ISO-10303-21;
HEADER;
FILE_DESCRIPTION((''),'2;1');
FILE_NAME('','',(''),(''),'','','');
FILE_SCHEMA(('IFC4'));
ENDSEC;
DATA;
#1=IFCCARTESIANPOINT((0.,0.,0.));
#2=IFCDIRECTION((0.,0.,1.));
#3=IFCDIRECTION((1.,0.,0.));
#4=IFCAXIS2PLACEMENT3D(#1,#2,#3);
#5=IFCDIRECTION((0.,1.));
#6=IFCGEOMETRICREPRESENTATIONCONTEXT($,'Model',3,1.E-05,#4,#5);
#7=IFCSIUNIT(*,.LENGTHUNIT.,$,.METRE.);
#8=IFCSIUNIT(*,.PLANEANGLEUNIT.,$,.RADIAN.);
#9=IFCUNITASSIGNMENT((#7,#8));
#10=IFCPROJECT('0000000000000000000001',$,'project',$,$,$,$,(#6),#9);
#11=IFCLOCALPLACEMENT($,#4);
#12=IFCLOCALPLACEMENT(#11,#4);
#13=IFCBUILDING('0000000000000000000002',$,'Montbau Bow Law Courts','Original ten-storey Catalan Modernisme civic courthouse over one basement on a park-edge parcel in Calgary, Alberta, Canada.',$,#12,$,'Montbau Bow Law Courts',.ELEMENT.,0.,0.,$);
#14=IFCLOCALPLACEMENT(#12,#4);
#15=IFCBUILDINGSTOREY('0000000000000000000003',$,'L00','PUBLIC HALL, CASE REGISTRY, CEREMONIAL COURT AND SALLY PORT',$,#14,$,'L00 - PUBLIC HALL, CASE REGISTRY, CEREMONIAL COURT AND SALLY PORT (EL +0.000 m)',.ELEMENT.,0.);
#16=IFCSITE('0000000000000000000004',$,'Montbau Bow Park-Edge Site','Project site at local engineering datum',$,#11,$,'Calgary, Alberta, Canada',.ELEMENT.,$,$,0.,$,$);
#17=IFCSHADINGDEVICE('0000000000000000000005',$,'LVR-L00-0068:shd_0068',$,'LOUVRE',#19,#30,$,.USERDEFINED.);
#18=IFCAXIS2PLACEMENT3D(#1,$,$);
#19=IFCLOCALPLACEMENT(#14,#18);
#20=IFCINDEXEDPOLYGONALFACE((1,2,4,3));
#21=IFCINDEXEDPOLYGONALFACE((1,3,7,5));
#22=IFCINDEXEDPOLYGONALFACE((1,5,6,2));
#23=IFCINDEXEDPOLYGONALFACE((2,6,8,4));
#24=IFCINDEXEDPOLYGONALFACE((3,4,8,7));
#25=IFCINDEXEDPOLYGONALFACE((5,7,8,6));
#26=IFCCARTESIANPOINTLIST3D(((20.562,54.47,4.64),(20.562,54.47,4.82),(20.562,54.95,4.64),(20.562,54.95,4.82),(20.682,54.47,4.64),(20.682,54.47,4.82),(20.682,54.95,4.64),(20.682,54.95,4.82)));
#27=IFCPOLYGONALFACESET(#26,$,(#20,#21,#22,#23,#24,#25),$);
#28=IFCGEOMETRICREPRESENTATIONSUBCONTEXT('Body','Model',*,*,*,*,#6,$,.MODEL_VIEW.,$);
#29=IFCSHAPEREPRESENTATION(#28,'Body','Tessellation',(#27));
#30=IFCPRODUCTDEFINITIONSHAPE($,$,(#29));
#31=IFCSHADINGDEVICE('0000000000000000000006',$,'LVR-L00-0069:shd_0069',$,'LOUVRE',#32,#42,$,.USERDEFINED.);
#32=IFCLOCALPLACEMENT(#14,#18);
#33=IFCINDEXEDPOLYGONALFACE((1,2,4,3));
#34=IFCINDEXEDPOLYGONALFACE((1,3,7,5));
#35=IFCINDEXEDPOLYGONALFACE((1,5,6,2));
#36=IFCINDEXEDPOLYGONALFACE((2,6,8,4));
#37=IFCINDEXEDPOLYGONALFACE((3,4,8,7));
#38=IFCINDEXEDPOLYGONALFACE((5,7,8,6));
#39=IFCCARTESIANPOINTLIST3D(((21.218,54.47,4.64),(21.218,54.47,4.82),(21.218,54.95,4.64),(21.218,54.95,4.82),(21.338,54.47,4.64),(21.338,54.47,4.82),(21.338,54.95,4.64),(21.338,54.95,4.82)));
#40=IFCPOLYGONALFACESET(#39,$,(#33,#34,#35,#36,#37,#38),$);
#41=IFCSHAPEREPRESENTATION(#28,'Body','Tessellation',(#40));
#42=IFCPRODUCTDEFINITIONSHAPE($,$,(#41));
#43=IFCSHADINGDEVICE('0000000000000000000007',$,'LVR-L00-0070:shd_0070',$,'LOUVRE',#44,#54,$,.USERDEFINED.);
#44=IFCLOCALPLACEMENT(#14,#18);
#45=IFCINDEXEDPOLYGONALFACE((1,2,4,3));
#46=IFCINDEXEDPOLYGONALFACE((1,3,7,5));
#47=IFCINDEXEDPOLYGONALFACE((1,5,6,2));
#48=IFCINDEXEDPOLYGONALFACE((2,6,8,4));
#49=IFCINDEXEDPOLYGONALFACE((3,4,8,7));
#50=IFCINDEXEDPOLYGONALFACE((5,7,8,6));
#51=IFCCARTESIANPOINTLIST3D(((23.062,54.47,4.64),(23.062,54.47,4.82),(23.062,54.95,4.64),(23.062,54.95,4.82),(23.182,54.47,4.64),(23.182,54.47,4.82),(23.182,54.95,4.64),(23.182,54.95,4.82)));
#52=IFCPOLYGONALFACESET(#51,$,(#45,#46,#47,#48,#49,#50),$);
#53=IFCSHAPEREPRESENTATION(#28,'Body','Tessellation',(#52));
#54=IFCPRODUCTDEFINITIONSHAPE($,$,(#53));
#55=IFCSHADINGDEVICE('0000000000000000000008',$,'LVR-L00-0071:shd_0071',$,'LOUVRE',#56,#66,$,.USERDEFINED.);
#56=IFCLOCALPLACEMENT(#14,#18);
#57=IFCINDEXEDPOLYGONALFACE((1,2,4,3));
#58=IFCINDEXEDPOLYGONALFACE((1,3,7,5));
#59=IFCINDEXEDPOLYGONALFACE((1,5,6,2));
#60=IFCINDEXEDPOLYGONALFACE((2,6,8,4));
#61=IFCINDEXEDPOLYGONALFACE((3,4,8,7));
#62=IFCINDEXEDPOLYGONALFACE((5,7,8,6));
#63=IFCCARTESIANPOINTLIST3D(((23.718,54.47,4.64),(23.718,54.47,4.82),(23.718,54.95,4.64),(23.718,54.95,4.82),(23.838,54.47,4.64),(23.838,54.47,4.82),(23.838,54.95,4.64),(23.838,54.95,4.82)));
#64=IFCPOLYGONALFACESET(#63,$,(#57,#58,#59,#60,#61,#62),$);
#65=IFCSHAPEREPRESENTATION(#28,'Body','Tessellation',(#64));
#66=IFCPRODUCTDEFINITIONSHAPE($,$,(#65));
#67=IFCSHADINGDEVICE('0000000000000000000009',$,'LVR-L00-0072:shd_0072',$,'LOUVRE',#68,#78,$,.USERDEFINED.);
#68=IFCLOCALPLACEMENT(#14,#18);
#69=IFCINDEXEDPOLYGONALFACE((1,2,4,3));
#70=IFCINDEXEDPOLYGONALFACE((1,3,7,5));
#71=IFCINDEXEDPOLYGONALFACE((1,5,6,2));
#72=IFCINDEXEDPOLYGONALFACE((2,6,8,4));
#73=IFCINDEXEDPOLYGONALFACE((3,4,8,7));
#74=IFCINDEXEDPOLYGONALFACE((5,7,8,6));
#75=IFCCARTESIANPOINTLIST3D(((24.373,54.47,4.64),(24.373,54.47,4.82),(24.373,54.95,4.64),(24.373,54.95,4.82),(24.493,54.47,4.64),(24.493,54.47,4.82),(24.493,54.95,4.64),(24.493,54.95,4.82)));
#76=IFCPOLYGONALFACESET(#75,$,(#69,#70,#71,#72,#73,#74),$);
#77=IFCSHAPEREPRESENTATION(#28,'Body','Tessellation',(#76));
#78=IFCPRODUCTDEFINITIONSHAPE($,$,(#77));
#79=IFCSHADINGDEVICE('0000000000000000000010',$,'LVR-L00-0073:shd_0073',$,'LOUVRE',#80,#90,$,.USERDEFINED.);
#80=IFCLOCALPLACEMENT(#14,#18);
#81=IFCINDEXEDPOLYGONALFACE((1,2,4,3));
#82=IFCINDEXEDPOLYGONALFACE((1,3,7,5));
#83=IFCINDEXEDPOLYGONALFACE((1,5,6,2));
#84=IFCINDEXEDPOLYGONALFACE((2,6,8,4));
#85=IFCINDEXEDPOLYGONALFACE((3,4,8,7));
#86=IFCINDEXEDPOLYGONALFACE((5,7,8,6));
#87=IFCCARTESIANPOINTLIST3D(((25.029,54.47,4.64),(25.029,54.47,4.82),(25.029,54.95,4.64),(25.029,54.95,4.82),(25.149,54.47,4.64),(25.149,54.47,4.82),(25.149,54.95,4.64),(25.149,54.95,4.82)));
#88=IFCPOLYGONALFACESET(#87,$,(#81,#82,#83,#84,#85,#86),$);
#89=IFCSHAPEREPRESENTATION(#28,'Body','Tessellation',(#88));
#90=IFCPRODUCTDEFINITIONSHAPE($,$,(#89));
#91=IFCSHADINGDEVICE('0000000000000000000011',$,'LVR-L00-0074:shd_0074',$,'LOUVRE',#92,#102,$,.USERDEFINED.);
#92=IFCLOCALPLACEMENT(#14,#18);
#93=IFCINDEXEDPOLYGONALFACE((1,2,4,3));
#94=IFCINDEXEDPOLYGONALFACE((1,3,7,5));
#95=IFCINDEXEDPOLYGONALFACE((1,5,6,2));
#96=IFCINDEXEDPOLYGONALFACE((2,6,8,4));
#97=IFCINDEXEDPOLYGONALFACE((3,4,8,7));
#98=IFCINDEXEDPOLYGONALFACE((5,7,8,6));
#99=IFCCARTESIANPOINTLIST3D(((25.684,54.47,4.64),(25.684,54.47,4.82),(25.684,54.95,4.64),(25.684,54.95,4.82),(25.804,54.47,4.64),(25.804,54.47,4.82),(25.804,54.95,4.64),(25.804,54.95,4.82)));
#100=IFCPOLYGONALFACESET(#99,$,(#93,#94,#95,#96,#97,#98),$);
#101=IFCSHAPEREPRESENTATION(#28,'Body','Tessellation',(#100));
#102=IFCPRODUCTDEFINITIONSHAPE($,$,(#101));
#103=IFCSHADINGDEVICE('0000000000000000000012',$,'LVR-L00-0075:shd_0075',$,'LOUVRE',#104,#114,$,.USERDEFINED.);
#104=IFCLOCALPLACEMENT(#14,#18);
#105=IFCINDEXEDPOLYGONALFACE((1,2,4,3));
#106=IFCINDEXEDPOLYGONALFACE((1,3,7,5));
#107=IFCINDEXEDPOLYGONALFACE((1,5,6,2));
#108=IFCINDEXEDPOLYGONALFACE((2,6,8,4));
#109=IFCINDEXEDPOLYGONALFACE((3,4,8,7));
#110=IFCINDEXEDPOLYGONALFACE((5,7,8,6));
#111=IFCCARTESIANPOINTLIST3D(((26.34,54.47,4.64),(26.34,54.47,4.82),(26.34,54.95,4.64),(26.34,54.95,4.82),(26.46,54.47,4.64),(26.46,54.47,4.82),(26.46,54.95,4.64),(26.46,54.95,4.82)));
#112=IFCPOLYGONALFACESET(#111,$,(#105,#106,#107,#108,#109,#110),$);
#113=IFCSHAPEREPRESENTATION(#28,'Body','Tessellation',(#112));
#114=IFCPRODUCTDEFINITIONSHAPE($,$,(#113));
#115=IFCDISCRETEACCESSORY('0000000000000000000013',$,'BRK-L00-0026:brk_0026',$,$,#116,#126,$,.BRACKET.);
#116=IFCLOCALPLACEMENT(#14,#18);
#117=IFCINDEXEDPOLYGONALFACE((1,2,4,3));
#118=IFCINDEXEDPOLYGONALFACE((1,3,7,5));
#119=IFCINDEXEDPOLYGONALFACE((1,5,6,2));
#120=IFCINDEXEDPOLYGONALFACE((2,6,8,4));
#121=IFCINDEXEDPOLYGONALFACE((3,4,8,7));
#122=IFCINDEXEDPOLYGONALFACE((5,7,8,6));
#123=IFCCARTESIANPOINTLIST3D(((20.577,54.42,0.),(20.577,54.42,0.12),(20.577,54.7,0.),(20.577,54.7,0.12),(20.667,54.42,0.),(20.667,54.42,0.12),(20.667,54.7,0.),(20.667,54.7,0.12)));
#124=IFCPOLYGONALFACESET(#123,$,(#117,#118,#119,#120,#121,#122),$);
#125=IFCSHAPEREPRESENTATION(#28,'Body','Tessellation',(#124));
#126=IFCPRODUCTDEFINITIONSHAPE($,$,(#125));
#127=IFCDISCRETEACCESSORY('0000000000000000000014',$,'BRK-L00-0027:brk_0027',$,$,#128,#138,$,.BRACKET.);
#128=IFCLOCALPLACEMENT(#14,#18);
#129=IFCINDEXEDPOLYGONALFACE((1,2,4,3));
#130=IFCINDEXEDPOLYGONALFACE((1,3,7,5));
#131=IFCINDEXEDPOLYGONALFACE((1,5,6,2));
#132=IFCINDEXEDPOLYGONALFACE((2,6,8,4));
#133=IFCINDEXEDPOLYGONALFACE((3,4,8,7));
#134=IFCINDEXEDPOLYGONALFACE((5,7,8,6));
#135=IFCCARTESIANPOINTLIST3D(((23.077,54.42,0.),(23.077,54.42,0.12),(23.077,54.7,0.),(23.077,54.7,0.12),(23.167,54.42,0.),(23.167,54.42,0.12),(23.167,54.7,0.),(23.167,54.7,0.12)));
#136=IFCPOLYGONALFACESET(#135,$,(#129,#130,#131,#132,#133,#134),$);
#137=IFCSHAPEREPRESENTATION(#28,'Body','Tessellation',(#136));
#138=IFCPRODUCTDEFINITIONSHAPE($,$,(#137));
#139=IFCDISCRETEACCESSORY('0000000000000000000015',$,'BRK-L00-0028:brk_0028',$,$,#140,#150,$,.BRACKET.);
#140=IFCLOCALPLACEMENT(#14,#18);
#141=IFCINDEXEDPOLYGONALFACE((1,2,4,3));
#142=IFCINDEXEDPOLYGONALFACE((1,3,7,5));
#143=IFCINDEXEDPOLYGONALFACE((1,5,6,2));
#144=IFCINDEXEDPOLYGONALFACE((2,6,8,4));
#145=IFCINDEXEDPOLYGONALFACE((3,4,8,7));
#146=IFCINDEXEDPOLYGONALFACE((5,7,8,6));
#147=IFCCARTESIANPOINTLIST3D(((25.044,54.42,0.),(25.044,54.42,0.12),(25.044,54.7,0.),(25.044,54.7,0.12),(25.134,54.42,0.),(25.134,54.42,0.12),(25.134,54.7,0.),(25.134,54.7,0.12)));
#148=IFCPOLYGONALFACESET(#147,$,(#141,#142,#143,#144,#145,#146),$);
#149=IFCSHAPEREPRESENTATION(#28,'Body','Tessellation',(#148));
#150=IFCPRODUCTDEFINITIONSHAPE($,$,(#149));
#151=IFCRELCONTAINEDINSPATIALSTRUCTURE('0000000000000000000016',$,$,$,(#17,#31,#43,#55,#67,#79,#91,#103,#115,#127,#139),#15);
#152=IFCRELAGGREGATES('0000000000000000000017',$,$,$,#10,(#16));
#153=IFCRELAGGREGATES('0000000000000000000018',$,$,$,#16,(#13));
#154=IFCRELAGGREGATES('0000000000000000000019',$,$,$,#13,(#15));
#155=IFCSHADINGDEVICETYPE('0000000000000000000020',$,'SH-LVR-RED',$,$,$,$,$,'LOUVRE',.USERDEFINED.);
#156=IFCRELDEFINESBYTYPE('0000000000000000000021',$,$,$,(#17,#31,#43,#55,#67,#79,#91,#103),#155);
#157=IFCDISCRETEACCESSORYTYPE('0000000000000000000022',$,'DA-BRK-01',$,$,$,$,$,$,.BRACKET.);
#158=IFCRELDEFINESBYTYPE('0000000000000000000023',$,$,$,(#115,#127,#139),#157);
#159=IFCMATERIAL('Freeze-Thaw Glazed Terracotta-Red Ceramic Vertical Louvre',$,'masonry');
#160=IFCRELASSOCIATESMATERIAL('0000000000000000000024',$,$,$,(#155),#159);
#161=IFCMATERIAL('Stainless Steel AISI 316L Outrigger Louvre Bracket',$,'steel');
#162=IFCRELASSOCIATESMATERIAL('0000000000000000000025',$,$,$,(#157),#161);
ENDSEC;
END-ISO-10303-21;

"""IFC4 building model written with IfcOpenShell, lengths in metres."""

from ifc_helpers import new_model, si_unit, direction, frame, origin_with_axes, origin_2d_with_axis, place, context, subcontext, project, spatial, rectangle, extrude, material, type_object, element, save


model = new_model("IFC4")

# Units and contexts
model_context = context("Model", 3, precision=1e-05, world=origin_with_axes(), true_north=direction((0.0, 1.0)))
body_context = subcontext(model_context, "Body", "Model", "MODEL_VIEW")
ifc_project = project(units=[si_unit("LENGTHUNIT", "METRE"), si_unit("PLANEANGLEUNIT", "RADIAN")], contexts=[model_context])

# Site, building, storey
site_placement = place(None, origin_with_axes())
site = spatial("IfcSite", under=ifc_project, at=site_placement, Name="Montbau Bow Park-Edge Site", Description="Project site at local engineering datum", LongName="Calgary, Alberta, Canada", CompositionType="ELEMENT", RefElevation=0.0)
building_placement = place(site_placement, origin_with_axes())
building = spatial("IfcBuilding", under=site, at=building_placement, Name="Montbau Bow Law Courts", Description="Original ten-storey Catalan Modernisme civic courthouse over one basement on a park-edge parcel in Calgary, Alberta, Canada.", LongName="Montbau Bow Law Courts", CompositionType="ELEMENT", ElevationOfRefHeight=0.0, ElevationOfTerrain=0.0)
storey_placement = place(building_placement, origin_with_axes())
storey = spatial("IfcBuildingStorey", under=building, at=storey_placement, Name="L00", Description="PUBLIC HALL, CASE REGISTRY, CEREMONIAL COURT AND SALLY PORT", LongName="L00 - PUBLIC HALL, CASE REGISTRY, CEREMONIAL COURT AND SALLY PORT (EL +0.000 m)", CompositionType="ELEMENT", Elevation=0.0)

# Shared definitions
ifc_material_1 = material(Name="Freeze-Thaw Glazed Terracotta-Red Ceramic Vertical Louvre", Category="masonry")

# Shading devices
shading_device_type = type_object("IfcShadingDeviceType", Name="SH-LVR-RED", ElementType="LOUVRE", PredefinedType="USERDEFINED", material=ifc_material_1)
for number, where, z_axis, x_axis, name in (
    (1, (20.622, 54.71, 4.64), (0.0, 0.0, 1.0), (0.0, 1.0, 0.0), "LVR-L00-0068:shd_0068"),
    (2, (21.278, 54.71, 4.64), (0.0, 0.0, 1.0), (0.0, 1.0, 0.0), "LVR-L00-0069:shd_0069"),
    (3, (23.122, 54.71, 4.64), (0.0, 0.0, 1.0), (0.0, 1.0, 0.0), "LVR-L00-0070:shd_0070"),
    (4, (23.778, 54.71, 4.64), (0.0, 0.0, 1.0), (0.0, 1.0, 0.0), "LVR-L00-0071:shd_0071"),
    (5, (24.433, 54.71, 4.64), (0.0, 0.0, 1.0), (0.0, 1.0, 0.0), "LVR-L00-0072:shd_0072"),
    (6, (25.089, 54.71, 4.64), (0.0, 0.0, 1.0), (0.0, 1.0, 0.0), "LVR-L00-0073:shd_0073"),
    (7, (25.744, 54.71, 4.64), (0.0, 0.0, 1.0), (0.0, 1.0, 0.0), "LVR-L00-0074:shd_0074"),
    (8, (26.4, 54.71, 4.64), (0.0, 0.0, 1.0), (0.0, 1.0, 0.0), "LVR-L00-0075:shd_0075"),
):
    element("IfcShadingDevice", number, at=place(None, frame(where, z_axis=z_axis, x_axis=x_axis)), inside=storey, type_object=shading_device_type, Name=name, ObjectType="LOUVRE", PredefinedType="USERDEFINED", context=body_context, shape_type="SweptSolid", body=[
        extrude(rectangle(XDim=0.48, YDim=0.12, at=origin_2d_with_axis()), origin_with_axes(), (0.0, 0.0, 1.0), 0.18),
    ])

# Discrete accessories
ifc_material_2 = material(Name="Stainless Steel AISI 316L Outrigger Louvre Bracket", Category="steel")
discrete_accessory_type = type_object("IfcDiscreteAccessoryType", Name="DA-BRK-01", PredefinedType="BRACKET", material=ifc_material_2)
for number, where, z_axis, x_axis, name in (
    (9, (20.622, 54.56, 0.0), (0.0, 0.0, 1.0), (0.0, 1.0, 0.0), "BRK-L00-0026:brk_0026"),
    (10, (23.122, 54.56, 0.0), (0.0, 0.0, 1.0), (0.0, 1.0, 0.0), "BRK-L00-0027:brk_0027"),
    (11, (25.089, 54.56, 0.0), (0.0, 0.0, 1.0), (0.0, 1.0, 0.0), "BRK-L00-0028:brk_0028"),
):
    element("IfcDiscreteAccessory", number, at=place(None, frame(where, z_axis=z_axis, x_axis=x_axis)), inside=storey, type_object=discrete_accessory_type, Name=name, PredefinedType="BRACKET", context=body_context, shape_type="SweptSolid", body=[
        extrude(rectangle(XDim=0.28, YDim=0.09, at=origin_2d_with_axis()), origin_with_axes(), (0.0, 0.0, 1.0), 0.12),
    ])

save(model, "model.ifc")
